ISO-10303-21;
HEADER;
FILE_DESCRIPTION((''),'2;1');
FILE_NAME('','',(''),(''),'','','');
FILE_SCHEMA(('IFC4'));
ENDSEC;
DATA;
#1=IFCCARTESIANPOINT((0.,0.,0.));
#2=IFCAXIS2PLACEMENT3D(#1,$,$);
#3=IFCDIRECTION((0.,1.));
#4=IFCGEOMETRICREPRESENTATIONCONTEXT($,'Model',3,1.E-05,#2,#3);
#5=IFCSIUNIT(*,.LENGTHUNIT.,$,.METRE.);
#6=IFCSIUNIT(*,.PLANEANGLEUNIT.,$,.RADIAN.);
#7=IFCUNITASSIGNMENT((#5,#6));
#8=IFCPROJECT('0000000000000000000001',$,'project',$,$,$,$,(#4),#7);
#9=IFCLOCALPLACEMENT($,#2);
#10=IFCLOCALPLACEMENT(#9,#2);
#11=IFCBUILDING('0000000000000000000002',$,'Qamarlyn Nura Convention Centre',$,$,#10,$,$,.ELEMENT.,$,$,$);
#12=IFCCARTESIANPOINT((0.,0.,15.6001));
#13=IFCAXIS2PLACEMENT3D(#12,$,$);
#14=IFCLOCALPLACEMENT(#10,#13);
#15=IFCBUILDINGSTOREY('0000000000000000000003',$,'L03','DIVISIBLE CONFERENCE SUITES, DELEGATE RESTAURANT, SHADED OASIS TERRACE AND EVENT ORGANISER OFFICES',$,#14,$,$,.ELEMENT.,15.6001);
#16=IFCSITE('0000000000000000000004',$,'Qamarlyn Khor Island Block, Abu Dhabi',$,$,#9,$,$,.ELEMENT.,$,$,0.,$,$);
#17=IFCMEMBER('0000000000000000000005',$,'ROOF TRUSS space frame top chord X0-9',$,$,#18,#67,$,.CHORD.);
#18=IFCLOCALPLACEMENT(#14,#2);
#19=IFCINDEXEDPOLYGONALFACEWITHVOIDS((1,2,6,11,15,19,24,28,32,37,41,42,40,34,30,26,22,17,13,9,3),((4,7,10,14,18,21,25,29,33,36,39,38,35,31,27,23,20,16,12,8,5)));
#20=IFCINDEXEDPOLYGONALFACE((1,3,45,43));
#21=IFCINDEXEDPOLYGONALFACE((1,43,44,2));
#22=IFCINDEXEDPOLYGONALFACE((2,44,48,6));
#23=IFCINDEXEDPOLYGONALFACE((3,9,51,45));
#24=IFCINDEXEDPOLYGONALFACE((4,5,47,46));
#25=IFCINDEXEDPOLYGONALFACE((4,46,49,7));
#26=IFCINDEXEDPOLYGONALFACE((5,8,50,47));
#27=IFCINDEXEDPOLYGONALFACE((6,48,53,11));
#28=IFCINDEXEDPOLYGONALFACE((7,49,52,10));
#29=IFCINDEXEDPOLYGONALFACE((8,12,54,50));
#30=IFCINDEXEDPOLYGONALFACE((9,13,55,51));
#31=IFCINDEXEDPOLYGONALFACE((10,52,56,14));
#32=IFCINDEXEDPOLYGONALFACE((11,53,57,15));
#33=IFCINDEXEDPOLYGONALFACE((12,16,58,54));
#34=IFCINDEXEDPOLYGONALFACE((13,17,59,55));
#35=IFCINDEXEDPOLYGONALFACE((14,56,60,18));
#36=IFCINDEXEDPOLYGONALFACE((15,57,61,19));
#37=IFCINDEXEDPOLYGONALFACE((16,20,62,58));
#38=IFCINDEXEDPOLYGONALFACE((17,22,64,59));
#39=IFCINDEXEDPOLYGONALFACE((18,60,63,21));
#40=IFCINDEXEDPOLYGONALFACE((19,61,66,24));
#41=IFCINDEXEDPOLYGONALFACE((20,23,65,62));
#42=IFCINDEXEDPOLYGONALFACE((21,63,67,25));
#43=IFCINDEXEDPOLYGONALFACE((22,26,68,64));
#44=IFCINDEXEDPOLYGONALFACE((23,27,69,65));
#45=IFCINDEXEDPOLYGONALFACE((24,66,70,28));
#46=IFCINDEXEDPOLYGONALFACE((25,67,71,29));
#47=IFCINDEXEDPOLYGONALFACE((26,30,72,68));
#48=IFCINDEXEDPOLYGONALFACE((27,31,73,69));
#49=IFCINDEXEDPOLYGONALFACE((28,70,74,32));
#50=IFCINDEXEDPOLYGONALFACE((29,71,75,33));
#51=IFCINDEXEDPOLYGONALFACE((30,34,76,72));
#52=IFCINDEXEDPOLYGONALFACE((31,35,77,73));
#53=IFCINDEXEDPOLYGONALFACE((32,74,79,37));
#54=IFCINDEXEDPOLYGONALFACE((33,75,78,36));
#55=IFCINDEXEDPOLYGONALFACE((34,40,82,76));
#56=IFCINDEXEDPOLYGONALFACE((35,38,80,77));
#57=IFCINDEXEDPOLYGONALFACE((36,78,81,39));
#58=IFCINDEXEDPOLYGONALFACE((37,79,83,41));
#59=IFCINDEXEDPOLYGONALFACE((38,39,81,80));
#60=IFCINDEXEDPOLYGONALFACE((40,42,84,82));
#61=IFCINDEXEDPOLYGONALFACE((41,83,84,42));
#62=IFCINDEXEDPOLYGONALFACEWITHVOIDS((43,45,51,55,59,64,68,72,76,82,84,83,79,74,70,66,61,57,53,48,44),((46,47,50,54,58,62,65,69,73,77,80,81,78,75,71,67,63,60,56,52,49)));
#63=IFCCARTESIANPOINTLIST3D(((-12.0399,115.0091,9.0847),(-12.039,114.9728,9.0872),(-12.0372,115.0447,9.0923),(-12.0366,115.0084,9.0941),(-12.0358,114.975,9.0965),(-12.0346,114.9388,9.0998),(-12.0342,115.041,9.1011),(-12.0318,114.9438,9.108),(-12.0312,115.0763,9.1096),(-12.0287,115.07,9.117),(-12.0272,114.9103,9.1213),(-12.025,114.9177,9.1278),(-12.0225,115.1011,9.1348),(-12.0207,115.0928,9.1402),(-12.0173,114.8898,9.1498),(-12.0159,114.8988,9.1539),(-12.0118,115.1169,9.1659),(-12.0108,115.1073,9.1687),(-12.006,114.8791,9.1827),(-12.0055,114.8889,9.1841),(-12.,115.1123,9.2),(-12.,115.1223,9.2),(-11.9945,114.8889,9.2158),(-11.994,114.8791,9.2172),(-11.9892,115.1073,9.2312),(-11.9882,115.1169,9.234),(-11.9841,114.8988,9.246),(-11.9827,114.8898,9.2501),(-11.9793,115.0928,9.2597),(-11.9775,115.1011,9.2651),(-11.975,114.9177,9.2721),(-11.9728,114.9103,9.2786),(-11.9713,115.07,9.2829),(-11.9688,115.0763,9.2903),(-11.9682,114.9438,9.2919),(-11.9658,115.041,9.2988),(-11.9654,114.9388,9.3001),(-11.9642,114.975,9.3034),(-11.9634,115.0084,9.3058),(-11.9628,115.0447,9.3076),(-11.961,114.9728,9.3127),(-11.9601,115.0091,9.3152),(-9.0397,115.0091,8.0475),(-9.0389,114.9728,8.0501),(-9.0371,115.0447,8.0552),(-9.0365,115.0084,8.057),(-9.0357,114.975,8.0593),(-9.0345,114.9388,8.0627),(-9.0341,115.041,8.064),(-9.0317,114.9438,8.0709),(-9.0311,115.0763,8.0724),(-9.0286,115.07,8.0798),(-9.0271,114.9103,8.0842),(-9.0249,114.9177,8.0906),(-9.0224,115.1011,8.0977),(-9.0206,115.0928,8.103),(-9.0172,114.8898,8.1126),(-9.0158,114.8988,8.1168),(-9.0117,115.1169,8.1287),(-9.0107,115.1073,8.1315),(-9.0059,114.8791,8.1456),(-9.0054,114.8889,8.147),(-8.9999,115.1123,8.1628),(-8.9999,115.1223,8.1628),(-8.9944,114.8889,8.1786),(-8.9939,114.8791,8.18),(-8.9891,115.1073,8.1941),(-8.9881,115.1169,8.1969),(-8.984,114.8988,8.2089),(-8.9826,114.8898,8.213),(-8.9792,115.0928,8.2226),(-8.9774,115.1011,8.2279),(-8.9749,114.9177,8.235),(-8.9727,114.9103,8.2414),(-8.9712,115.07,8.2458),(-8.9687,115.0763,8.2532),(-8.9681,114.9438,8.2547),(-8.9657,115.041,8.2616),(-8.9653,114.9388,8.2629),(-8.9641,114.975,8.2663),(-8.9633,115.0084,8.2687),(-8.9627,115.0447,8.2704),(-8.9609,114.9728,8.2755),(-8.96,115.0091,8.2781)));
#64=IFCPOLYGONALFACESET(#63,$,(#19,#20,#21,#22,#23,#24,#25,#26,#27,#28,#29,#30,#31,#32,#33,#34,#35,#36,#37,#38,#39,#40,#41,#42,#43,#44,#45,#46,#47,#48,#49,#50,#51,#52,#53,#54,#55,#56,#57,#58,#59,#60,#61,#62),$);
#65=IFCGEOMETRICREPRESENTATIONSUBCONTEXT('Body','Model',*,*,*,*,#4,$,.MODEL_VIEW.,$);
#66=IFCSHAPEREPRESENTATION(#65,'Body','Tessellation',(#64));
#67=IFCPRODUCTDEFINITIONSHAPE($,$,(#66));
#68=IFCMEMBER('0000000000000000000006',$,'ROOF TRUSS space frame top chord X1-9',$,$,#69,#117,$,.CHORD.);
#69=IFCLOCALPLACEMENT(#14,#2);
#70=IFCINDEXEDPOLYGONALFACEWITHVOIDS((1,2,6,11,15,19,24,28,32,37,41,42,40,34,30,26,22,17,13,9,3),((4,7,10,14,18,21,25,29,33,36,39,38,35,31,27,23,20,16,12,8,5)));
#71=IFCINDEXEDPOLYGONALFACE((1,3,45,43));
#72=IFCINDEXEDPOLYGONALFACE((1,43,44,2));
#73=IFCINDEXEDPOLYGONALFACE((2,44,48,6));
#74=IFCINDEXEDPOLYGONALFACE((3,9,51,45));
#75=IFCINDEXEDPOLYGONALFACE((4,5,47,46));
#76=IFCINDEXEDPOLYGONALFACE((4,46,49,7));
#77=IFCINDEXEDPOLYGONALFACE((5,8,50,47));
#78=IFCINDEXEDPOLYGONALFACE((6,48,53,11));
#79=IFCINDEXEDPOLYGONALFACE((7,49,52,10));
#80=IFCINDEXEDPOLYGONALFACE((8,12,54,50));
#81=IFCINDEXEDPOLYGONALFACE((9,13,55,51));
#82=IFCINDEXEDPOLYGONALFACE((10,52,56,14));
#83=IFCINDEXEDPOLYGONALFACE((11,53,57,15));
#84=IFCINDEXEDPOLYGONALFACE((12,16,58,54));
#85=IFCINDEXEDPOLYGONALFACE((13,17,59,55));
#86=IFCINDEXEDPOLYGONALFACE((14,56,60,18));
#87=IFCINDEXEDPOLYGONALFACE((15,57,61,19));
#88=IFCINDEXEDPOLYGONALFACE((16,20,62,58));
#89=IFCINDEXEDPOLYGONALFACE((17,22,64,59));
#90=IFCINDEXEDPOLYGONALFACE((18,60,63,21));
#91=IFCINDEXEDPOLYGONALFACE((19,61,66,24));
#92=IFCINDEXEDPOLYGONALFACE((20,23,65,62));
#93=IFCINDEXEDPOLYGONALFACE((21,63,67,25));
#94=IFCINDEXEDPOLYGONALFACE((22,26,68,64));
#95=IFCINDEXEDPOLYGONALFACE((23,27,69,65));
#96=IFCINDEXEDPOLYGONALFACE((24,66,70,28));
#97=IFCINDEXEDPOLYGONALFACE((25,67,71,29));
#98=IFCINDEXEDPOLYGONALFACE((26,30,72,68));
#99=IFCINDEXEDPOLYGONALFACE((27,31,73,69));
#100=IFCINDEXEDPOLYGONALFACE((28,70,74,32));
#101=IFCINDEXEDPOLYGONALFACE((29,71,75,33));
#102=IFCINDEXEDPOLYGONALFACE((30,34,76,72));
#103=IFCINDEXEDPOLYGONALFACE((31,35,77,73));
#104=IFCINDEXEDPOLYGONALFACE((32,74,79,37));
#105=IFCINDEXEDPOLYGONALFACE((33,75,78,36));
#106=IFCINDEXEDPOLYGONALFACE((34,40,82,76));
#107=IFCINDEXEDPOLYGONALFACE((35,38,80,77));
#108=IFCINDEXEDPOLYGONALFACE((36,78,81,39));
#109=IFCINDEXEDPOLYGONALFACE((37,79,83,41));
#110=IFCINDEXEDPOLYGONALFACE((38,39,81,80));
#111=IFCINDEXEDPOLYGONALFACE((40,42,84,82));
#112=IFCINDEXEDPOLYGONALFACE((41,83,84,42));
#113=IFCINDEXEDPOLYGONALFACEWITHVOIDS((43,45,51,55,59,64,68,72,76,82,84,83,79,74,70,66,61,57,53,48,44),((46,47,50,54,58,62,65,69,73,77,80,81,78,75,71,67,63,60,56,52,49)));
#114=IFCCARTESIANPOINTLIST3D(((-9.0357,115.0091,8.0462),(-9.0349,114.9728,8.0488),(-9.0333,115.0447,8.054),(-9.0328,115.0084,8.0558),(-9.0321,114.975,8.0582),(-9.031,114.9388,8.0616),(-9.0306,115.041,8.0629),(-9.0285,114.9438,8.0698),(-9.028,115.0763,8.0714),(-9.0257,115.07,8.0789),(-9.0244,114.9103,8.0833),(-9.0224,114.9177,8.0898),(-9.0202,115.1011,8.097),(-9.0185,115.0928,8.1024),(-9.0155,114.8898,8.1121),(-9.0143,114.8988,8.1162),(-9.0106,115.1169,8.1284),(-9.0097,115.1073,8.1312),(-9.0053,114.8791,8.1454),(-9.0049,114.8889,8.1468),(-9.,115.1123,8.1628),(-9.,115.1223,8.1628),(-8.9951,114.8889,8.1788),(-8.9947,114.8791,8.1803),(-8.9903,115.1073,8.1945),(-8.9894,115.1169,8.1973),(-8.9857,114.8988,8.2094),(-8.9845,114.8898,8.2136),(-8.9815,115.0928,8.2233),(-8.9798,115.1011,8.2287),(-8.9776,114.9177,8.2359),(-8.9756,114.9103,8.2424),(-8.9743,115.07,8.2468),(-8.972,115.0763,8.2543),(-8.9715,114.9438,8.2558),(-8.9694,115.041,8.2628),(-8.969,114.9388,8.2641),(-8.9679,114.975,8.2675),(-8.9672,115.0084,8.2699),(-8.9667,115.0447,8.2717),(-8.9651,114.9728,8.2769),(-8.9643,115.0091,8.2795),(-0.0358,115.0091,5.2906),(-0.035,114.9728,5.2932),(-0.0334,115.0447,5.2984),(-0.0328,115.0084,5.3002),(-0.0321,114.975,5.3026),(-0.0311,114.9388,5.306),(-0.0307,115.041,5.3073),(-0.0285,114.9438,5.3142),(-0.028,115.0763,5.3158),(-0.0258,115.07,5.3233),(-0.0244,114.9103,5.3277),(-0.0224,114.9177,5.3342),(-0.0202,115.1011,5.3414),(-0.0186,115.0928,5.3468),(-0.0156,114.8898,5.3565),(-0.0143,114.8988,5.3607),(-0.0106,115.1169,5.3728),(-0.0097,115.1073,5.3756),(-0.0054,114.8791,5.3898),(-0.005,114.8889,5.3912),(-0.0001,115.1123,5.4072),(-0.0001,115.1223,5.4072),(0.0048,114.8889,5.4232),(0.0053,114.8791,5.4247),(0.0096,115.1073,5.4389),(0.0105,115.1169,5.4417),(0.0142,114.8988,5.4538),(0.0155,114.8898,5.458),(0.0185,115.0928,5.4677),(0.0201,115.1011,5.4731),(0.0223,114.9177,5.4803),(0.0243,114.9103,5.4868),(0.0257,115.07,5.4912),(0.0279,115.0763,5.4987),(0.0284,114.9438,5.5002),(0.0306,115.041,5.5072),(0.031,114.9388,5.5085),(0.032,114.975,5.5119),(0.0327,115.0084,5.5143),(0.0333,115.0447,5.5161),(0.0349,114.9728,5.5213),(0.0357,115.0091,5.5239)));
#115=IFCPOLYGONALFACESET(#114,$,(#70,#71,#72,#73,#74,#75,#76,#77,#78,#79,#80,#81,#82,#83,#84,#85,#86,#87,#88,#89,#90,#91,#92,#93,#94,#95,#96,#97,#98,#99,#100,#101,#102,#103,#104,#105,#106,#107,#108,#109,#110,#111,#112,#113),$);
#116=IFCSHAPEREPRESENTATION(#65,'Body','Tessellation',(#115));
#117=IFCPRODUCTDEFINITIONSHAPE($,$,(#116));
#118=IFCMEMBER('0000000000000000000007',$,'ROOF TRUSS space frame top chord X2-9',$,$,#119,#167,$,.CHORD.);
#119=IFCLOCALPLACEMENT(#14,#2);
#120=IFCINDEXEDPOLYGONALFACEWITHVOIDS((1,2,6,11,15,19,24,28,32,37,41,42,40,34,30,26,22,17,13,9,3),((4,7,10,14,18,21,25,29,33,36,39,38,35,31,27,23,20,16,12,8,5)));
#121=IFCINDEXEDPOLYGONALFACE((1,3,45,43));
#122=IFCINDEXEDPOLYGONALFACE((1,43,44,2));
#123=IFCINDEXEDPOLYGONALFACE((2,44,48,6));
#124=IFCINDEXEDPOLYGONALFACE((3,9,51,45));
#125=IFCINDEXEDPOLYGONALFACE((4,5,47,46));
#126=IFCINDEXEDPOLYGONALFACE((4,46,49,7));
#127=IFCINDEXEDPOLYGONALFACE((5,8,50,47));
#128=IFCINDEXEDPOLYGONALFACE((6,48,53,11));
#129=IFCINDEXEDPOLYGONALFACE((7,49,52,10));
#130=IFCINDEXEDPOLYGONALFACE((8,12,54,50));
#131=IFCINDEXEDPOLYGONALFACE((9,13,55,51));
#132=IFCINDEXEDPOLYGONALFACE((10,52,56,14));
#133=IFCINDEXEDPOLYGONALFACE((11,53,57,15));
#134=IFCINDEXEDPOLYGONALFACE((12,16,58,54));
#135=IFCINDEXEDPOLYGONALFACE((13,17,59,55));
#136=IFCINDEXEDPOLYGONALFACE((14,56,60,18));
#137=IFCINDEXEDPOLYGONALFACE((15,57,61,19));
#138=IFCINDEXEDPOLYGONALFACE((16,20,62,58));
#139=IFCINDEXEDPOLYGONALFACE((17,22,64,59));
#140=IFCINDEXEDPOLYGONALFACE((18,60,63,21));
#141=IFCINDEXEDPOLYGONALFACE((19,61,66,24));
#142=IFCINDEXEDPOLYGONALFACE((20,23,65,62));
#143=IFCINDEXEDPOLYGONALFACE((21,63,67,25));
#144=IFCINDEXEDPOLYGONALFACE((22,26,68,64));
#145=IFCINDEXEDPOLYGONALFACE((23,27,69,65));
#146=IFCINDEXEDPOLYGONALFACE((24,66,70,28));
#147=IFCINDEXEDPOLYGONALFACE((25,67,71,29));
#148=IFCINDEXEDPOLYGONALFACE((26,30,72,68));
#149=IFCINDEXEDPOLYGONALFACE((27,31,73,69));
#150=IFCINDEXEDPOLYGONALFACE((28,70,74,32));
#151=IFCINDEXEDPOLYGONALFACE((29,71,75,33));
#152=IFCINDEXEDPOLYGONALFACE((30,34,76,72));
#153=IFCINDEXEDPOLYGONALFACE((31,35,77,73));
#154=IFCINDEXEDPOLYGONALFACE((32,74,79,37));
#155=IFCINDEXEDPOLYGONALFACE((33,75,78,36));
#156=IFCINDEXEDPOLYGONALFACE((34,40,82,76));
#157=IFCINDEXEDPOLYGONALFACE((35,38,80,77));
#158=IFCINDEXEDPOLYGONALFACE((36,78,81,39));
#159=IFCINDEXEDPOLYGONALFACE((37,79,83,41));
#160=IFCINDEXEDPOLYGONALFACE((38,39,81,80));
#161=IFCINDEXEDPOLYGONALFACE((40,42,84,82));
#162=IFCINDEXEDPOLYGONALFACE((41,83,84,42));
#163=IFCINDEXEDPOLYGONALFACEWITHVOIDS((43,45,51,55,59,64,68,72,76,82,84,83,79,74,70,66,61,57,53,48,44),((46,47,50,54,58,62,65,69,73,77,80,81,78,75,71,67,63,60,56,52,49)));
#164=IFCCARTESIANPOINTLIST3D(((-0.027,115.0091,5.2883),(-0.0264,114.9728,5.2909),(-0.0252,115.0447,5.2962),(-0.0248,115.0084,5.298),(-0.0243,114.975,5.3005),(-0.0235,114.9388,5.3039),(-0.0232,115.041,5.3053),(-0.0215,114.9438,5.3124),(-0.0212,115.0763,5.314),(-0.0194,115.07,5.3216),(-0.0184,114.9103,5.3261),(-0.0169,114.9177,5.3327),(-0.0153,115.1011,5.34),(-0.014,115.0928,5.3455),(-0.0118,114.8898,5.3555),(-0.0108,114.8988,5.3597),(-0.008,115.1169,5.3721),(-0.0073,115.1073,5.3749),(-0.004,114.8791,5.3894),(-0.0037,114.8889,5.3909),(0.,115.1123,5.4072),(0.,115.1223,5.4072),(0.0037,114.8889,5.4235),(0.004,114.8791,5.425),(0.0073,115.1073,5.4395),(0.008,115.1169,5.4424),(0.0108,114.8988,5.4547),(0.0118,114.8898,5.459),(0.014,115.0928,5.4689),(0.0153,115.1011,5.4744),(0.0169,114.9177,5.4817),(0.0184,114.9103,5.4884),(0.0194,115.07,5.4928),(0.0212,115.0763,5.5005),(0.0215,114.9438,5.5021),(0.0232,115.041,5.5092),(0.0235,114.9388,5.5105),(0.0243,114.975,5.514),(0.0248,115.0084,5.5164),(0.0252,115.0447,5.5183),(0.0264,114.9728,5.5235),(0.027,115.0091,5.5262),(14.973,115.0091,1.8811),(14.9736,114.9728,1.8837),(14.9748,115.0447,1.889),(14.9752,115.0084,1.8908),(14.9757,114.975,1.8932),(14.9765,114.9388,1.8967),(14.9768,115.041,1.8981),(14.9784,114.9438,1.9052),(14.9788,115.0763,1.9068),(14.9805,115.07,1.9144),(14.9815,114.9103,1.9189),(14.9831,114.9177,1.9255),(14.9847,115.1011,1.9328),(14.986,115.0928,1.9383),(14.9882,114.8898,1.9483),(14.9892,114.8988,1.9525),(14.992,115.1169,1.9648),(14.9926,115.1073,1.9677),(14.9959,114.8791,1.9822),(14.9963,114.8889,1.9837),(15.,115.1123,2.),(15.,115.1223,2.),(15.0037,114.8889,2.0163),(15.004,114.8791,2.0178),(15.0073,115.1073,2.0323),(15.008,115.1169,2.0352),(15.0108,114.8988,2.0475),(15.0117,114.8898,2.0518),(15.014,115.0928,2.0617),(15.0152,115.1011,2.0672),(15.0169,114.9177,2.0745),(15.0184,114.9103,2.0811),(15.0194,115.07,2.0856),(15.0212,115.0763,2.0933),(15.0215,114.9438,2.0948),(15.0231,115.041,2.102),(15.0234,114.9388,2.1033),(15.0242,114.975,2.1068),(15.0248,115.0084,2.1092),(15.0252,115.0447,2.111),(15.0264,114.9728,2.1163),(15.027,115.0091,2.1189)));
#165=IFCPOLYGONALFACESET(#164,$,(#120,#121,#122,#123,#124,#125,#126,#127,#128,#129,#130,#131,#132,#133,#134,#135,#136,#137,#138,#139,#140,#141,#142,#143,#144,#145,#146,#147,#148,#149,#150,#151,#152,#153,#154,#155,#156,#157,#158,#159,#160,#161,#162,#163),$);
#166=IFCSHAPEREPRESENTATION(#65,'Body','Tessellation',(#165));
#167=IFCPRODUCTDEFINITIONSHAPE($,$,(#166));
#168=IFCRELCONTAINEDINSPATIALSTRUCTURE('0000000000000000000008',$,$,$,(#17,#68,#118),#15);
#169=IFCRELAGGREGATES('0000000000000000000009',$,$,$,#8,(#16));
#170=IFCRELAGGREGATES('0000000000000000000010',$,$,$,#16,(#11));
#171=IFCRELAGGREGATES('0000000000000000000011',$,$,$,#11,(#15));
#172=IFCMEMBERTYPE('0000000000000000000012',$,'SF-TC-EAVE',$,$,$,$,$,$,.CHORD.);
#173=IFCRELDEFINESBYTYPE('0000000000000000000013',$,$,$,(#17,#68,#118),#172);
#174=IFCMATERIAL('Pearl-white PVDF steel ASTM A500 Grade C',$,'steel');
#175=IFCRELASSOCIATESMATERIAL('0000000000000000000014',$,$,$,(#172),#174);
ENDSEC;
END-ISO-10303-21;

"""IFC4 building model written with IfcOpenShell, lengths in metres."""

from ifc_helpers import new_model, si_unit, direction, frame, origin, origin_2d, place, context, subcontext, project, spatial, hollow_circle, extrude, material, material_profile, profile_set, type_object, element, save


model = new_model("IFC4")

# Units and contexts
model_context = context("Model", 3, precision=1e-05, world=origin(), true_north=direction((0.0, 1.0)))
body_context = subcontext(model_context, "Body", "Model", "MODEL_VIEW")
ifc_project = project(units=[si_unit("LENGTHUNIT", "METRE"), si_unit("PLANEANGLEUNIT", "RADIAN")], contexts=[model_context])

# Site, building, storey
site_placement = place(None, origin())
site = spatial("IfcSite", under=ifc_project, at=site_placement, Name="Qamarlyn Khor Island Block, Abu Dhabi", CompositionType="ELEMENT", RefElevation=0.0)
building_placement = place(site_placement, origin())
building = spatial("IfcBuilding", under=site, at=building_placement, Name="Qamarlyn Nura Convention Centre", CompositionType="ELEMENT")
storey_placement = place(building_placement, frame((0.0, 0.0, 15.6001)))
storey = spatial("IfcBuildingStorey", under=building, at=storey_placement, Name="L03", Description="DIVISIBLE CONFERENCE SUITES, DELEGATE RESTAURANT, SHADED OASIS TERRACE AND EVENT ORGANISER OFFICES", CompositionType="ELEMENT", Elevation=15.6001)

# Members
ifc_material_1 = material(Name="Pearl-white PVDF steel ASTM A500 Grade C", Category="steel")
ifc_material_profile = material_profile(ifc_material_1, hollow_circle(Radius=0.1223, WallThickness=0.01, at=origin_2d()), Name="CHS244.5X10")
ifc_profile_set = profile_set([ifc_material_profile], Name="Pearl-white PVDF steel ASTM A500 Grade C")
member_type = type_object("IfcMemberType", Name="SF-TC-EAVE", PredefinedType="CHORD", material=ifc_profile_set)
member_1_placement = place(storey_placement, frame((-12.0, 115.0, 9.2), z_axis=(0.945118, 0.0, -0.32673), x_axis=(0.0, 1.0, 0.0)))
element("IfcMember", 1, at=member_1_placement, inside=storey, type_object=member_type, Name="ROOF TRUSS space frame top chord X0-9", PredefinedType="CHORD", context=body_context, shape_type="SweptSolid", body=[
    extrude(hollow_circle(Radius=0.1223, WallThickness=0.01, at=origin_2d()), origin(), (0.0, 0.0, 1.0), 3.1743),
])
member_2_placement = place(storey_placement, frame((-9.0, 115.0, 8.1628), z_axis=(0.956185, 0.0, -0.292764), x_axis=(0.0, 1.0, 0.0)))
element("IfcMember", 2, at=member_2_placement, inside=storey, type_object=member_type, Name="ROOF TRUSS space frame top chord X1-9", PredefinedType="CHORD", context=body_context, shape_type="SweptSolid", body=[
    extrude(hollow_circle(Radius=0.1223, WallThickness=0.01, at=origin_2d()), origin(), (0.0, 0.0, 1.0), 9.4124),
])
member_3_placement = place(storey_placement, frame((0.0, 115.0, 5.4072), z_axis=(0.975159, 0.0, -0.221506), x_axis=(0.0, 1.0, 0.0)))
element("IfcMember", 3, at=member_3_placement, inside=storey, type_object=member_type, Name="ROOF TRUSS space frame top chord X2-9", PredefinedType="CHORD", context=body_context, shape_type="SweptSolid", body=[
    extrude(hollow_circle(Radius=0.1223, WallThickness=0.01, at=origin_2d()), origin(), (0.0, 0.0, 1.0), 15.3821),
])

save(model, "model.ifc")
